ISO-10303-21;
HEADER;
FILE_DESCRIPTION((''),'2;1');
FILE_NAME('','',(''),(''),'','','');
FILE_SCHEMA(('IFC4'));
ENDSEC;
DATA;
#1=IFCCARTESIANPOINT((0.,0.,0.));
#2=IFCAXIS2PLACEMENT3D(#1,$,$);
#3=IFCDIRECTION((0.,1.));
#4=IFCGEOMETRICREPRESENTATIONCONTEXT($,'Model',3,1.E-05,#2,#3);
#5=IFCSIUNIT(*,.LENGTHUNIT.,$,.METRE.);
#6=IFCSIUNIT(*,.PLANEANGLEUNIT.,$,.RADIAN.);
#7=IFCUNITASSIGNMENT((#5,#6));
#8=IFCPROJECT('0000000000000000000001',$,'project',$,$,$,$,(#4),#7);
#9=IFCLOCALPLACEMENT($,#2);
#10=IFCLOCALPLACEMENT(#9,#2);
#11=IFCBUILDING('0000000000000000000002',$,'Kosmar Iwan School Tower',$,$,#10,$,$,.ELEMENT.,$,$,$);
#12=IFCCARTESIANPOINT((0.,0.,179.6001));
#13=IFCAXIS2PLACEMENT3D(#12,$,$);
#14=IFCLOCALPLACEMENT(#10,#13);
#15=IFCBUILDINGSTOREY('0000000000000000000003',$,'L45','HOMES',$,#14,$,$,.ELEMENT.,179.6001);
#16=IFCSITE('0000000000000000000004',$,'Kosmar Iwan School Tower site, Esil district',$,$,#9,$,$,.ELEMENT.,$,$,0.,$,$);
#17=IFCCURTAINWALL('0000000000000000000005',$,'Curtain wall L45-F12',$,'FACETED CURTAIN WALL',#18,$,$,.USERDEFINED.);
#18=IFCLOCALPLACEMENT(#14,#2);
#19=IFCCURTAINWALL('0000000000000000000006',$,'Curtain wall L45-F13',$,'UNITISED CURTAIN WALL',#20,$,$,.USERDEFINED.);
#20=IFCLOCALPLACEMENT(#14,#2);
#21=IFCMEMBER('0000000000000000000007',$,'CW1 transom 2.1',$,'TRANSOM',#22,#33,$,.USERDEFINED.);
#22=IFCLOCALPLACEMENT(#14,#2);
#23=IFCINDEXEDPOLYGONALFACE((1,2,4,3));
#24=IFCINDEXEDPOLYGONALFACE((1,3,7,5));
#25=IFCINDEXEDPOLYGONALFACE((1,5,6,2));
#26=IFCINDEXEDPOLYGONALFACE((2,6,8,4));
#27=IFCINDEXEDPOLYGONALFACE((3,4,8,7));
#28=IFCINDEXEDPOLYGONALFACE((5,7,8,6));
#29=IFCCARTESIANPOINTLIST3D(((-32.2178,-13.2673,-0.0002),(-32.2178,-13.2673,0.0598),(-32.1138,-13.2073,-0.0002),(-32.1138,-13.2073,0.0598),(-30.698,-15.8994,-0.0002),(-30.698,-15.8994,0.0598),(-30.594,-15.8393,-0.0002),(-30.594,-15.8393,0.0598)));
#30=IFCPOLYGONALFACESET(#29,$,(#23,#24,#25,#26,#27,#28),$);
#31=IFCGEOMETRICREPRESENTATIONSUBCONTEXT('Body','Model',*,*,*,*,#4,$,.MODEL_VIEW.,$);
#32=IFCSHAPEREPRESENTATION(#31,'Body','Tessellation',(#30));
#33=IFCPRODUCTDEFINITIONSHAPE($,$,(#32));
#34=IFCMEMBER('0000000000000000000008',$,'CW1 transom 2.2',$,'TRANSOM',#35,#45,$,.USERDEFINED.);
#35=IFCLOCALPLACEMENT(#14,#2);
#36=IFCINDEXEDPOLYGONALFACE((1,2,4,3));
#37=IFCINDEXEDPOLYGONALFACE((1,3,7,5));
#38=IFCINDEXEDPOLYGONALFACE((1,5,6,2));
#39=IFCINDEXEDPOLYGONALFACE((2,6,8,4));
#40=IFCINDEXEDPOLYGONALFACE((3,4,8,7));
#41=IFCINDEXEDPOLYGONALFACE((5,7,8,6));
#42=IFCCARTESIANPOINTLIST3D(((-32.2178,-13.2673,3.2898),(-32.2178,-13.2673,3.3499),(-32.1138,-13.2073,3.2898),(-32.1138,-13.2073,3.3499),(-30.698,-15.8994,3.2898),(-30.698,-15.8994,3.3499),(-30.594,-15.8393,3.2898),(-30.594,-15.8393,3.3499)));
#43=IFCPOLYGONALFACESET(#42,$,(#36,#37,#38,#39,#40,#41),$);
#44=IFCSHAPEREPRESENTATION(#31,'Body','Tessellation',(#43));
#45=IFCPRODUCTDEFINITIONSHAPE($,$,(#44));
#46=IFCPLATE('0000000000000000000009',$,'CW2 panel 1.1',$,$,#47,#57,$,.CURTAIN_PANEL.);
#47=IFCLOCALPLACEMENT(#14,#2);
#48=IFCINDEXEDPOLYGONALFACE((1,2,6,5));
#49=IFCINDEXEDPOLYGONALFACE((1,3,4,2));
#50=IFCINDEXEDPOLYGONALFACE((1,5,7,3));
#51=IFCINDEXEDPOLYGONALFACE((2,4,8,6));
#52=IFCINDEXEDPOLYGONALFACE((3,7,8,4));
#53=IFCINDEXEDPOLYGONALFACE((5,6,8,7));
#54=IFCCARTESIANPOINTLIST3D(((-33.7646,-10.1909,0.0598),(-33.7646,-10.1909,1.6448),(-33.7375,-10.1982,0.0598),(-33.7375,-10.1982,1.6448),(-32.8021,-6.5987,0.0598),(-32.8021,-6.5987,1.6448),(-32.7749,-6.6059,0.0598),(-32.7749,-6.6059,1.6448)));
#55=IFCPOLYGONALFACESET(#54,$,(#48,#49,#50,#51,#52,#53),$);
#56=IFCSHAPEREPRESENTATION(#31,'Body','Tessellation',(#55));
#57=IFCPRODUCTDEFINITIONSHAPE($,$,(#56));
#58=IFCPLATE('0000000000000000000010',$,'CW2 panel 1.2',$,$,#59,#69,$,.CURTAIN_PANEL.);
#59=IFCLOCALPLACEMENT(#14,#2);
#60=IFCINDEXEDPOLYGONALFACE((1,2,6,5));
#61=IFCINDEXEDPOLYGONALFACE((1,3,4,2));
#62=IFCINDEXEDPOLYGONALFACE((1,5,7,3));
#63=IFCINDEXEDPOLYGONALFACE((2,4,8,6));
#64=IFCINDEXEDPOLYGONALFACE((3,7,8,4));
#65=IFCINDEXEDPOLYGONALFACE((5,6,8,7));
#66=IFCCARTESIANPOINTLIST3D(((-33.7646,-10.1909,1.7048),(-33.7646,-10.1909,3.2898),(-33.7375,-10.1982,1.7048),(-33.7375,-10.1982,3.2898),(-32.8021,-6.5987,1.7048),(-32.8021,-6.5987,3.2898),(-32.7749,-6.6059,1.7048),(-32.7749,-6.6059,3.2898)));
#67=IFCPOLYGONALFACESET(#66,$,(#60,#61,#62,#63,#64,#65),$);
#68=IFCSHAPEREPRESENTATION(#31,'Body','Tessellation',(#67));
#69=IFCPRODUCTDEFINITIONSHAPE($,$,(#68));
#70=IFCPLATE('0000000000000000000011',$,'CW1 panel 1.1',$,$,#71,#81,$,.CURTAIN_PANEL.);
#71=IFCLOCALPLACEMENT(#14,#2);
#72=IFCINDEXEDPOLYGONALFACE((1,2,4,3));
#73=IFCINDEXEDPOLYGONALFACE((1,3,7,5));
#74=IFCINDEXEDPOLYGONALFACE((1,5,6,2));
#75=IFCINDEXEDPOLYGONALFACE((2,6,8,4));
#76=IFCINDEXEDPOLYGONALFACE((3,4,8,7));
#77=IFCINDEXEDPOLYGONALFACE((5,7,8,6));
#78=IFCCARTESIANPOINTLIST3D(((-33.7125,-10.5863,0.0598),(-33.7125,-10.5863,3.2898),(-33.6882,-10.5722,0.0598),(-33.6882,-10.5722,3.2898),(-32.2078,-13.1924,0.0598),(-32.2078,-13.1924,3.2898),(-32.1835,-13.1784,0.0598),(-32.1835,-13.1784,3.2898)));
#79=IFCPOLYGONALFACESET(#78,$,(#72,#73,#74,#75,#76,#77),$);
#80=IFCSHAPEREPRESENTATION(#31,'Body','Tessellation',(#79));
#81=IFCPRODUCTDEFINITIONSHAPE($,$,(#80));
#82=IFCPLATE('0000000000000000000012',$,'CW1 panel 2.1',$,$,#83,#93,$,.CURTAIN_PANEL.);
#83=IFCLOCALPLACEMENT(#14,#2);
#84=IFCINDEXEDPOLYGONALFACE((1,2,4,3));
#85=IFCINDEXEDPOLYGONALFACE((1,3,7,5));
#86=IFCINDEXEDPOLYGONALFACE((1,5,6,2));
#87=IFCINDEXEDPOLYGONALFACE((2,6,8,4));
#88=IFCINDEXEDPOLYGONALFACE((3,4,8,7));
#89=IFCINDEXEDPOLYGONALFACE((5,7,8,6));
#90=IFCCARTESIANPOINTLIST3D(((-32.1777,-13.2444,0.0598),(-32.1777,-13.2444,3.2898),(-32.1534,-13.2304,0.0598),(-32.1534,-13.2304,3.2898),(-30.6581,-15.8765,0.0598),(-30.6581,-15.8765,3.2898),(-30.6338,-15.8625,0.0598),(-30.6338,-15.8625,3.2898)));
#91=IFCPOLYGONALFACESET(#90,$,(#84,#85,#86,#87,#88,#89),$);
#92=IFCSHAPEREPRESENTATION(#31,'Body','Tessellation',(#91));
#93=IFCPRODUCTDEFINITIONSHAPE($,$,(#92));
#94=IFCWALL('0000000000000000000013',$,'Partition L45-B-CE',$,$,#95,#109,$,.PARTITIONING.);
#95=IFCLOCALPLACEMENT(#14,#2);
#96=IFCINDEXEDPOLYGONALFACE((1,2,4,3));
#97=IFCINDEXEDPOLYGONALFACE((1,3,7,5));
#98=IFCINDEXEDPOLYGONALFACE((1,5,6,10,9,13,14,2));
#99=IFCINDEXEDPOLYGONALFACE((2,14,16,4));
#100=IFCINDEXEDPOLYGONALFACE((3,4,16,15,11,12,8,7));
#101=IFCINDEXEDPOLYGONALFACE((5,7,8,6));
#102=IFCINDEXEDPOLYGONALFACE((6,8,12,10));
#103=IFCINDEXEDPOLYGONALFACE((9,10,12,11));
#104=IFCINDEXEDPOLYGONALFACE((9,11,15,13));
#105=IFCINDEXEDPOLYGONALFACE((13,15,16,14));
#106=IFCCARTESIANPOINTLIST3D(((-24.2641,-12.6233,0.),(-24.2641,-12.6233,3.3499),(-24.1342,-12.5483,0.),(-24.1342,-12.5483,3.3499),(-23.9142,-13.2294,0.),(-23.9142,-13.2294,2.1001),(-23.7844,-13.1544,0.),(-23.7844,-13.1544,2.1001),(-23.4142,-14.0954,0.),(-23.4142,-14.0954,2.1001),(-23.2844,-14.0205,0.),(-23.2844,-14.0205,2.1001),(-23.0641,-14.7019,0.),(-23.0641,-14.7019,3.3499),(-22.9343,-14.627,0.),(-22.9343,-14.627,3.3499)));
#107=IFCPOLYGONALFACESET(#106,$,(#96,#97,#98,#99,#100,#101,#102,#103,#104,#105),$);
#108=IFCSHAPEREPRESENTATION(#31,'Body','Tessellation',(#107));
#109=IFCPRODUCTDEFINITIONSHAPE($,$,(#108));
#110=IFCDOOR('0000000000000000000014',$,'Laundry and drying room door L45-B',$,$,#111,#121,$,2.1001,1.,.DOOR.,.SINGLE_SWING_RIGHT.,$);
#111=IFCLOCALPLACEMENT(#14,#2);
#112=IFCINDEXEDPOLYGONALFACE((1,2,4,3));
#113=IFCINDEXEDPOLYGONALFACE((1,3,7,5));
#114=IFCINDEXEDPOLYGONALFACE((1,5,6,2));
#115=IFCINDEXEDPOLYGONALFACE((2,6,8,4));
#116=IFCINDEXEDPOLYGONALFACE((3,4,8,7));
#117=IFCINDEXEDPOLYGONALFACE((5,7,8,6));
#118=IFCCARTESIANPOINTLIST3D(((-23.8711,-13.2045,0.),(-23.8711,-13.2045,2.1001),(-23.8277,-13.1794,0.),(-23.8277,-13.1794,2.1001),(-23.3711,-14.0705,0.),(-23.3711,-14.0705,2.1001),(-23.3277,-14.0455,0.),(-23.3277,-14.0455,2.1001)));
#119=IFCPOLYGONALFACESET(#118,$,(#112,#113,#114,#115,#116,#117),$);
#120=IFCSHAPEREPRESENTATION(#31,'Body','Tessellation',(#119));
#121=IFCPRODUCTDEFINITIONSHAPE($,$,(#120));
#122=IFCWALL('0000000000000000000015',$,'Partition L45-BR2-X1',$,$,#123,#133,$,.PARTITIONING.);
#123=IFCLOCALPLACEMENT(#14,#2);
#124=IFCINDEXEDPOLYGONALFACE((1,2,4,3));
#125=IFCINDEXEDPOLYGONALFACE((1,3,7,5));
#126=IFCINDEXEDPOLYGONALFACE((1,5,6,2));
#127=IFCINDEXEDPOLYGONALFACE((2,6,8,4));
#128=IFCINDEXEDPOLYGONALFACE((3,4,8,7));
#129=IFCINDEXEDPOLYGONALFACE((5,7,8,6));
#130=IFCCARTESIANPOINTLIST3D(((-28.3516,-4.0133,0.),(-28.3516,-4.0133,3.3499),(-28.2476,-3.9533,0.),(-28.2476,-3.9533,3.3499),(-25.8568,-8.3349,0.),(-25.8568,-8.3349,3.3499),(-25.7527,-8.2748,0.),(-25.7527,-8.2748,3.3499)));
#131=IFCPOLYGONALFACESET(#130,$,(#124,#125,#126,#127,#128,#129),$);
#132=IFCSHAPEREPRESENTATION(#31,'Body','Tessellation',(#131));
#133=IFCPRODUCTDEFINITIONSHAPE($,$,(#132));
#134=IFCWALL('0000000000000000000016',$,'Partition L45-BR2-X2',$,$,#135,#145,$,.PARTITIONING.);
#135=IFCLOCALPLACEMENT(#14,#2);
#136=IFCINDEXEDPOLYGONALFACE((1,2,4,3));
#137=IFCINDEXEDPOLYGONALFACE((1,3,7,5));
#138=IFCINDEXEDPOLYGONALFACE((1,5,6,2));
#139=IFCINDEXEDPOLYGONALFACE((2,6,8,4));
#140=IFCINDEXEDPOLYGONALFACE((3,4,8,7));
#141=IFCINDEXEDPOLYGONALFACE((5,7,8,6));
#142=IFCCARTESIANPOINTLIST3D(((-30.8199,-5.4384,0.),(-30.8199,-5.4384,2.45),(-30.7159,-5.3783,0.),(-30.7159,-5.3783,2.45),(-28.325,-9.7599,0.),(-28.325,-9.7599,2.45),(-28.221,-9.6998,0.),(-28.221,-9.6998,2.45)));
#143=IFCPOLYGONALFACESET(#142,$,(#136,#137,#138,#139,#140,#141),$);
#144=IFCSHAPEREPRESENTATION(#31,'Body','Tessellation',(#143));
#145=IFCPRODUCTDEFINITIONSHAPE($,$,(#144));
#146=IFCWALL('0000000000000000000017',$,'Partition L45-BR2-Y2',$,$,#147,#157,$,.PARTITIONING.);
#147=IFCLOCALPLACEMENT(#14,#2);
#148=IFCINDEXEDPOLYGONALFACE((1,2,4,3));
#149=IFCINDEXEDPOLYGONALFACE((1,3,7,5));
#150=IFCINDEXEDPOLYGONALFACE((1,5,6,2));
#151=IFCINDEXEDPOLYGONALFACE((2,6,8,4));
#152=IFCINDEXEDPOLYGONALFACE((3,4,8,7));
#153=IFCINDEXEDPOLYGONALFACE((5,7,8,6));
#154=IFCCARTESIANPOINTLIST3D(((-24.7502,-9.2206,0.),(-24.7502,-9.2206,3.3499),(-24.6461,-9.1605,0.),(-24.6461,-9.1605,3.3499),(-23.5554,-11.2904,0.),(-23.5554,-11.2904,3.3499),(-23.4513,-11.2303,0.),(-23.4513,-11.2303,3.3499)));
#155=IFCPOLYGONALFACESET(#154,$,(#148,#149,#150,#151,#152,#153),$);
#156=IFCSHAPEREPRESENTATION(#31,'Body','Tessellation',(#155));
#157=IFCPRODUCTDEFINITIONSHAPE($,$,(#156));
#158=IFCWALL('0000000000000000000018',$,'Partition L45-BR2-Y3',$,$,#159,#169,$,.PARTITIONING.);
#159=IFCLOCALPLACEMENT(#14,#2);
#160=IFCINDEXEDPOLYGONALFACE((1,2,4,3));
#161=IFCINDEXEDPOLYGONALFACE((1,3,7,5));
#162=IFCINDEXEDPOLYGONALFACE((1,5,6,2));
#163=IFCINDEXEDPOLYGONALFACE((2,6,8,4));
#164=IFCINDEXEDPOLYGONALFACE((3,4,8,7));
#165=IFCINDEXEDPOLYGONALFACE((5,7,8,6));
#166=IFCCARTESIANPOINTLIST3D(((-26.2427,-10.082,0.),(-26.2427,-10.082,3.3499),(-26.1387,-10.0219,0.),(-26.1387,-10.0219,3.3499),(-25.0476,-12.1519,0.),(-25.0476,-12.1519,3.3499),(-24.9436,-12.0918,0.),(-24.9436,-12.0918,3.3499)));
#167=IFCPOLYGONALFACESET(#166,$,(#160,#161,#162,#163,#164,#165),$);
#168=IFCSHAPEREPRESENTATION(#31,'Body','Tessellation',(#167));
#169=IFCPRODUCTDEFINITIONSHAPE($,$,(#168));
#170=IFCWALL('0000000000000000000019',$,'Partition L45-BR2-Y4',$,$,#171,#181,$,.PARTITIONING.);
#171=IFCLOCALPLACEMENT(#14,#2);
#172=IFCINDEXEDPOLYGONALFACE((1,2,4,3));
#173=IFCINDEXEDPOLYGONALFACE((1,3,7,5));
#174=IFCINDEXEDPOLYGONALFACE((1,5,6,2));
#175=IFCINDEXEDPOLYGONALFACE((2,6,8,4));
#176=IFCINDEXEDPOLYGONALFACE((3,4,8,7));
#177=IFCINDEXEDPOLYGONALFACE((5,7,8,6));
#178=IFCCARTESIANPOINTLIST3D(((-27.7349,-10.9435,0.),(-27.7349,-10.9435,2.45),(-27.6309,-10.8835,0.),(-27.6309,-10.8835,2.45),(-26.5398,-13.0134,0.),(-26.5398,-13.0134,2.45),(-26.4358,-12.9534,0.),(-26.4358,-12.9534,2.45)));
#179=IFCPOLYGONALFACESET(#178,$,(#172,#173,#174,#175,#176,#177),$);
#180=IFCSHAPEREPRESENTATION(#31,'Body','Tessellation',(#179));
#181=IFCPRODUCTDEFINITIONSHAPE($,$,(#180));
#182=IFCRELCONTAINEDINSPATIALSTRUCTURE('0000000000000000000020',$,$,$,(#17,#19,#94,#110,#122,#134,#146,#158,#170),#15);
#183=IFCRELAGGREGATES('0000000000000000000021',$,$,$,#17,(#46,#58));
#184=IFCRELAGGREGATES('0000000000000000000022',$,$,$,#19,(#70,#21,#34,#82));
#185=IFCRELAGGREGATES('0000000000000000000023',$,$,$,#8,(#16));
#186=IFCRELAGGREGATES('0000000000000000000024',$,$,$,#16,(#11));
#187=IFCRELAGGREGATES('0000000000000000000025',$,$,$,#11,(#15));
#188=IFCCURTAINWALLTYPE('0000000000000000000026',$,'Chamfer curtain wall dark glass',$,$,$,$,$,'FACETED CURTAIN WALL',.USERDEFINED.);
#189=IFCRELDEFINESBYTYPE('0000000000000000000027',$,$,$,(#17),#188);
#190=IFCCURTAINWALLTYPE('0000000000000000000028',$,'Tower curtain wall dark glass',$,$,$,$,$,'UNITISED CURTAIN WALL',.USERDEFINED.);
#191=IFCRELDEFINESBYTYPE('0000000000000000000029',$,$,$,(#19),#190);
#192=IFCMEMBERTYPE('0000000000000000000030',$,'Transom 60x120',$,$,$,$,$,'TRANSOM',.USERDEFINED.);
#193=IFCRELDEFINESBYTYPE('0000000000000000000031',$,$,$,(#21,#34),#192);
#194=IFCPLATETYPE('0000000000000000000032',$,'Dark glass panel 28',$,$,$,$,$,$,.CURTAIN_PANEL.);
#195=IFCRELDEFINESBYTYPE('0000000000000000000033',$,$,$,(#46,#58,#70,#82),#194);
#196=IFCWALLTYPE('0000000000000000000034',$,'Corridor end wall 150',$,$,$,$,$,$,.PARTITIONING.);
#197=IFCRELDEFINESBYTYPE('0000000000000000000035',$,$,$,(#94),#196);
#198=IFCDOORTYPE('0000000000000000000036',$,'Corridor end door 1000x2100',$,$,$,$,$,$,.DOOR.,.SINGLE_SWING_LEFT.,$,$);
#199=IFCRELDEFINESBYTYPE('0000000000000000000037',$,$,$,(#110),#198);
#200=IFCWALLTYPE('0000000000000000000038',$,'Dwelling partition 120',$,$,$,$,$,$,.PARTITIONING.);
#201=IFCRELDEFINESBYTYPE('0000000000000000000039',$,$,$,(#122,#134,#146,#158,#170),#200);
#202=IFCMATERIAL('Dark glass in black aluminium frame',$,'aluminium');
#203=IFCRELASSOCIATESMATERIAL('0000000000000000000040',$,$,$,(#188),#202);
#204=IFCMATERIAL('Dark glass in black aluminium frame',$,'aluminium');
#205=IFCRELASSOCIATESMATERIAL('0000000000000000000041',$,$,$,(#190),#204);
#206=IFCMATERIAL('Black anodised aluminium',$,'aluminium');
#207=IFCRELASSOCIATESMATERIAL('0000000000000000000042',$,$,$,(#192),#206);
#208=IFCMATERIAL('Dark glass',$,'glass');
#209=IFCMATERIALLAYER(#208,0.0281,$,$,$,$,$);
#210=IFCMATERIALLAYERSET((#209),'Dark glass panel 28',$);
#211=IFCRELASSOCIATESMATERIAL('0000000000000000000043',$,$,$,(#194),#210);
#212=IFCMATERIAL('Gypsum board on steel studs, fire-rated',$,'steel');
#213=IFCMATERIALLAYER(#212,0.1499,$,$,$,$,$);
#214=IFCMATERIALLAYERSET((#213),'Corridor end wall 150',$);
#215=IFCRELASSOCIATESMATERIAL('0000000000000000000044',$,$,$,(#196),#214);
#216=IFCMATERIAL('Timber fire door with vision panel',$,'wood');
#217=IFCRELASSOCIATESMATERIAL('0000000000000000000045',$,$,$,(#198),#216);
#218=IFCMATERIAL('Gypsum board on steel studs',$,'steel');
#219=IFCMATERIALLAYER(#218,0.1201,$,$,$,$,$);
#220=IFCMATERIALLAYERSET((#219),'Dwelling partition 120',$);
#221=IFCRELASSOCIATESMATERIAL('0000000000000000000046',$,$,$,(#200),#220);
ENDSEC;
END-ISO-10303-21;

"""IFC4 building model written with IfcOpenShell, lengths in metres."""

from ifc_helpers import new_model, si_unit, direction, frame, frame_2d, origin, origin_2d, place, context, subcontext, project, spatial, rectangle, extrude, material, layer, layer_set, material_profile, profile_set, type_object, element, fill, aggregate, save


model = new_model("IFC4")

# Units and contexts
model_context = context("Model", 3, precision=1e-05, world=origin(), true_north=direction((0.0, 1.0)))
body_context = subcontext(model_context, "Body", "Model", "MODEL_VIEW")
ifc_project = project(units=[si_unit("LENGTHUNIT", "METRE"), si_unit("PLANEANGLEUNIT", "RADIAN")], contexts=[model_context])

# Site, building, storey
site_placement = place(None, origin())
site = spatial("IfcSite", under=ifc_project, at=site_placement, Name="Kosmar Iwan School Tower site, Esil district", CompositionType="ELEMENT", RefElevation=0.0)
building_placement = place(site_placement, origin())
building = spatial("IfcBuilding", under=site, at=building_placement, Name="Kosmar Iwan School Tower", CompositionType="ELEMENT")
storey_placement = place(building_placement, frame((0.0, 0.0, 179.6001)))
storey = spatial("IfcBuildingStorey", under=building, at=storey_placement, Name="L45", Description="HOMES", CompositionType="ELEMENT", Elevation=179.6001)

# Curtain wall
ifc_material_1 = material(Name="Dark glass in black aluminium frame", Category="aluminium")
curtain_wall_type_1 = type_object("IfcCurtainWallType", Name="Chamfer curtain wall dark glass", ElementType="FACETED CURTAIN WALL", PredefinedType="USERDEFINED", material=ifc_material_1)
curtain_wall_1_placement = place(storey_placement, origin())
curtain_wall_1 = element("IfcCurtainWall", 1, at=curtain_wall_1_placement, inside=storey, type_object=curtain_wall_type_1, Name="Curtain wall L45-F12", ObjectType="FACETED CURTAIN WALL", PredefinedType="USERDEFINED")

# Curtain wall
ifc_material_2 = material(Name="Dark glass in black aluminium frame", Category="aluminium")
curtain_wall_type_2 = type_object("IfcCurtainWallType", Name="Tower curtain wall dark glass", ElementType="UNITISED CURTAIN WALL", PredefinedType="USERDEFINED", material=ifc_material_2)
curtain_wall_2_placement = place(storey_placement, origin())
curtain_wall_2 = element("IfcCurtainWall", 2, at=curtain_wall_2_placement, inside=storey, type_object=curtain_wall_type_2, Name="Curtain wall L45-F13", ObjectType="UNITISED CURTAIN WALL", PredefinedType="USERDEFINED")

# Members
ifc_material_3 = material(Name="Black anodised aluminium", Category="aluminium")
ifc_material_profile_1 = material_profile(ifc_material_3, rectangle(XDim=0.1201, YDim=0.0601, at=origin_2d()), Name="TRANSOM 60x120")
ifc_profile_set_1 = profile_set([ifc_material_profile_1], Name="Black anodised aluminium")
member_type_1 = type_object("IfcMemberType", Name="Transom 60x120", ElementType="TRANSOM", PredefinedType="USERDEFINED", material=ifc_profile_set_1)
member_1_placement = place(storey_placement, frame((-32.1658, -13.2373, 0.0298), z_axis=(0.500035, -0.866005, 0.0), x_axis=(0.866005, 0.500035, 0.0)))
member_1 = element("IfcMember", 3, at=member_1_placement, type_object=member_type_1, Name="CW1 transom 2.1", ObjectType="TRANSOM", PredefinedType="USERDEFINED", context=body_context, shape_type="SweptSolid", body=[
    extrude(rectangle(XDim=0.1201, YDim=0.0601, at=origin_2d()), origin(), (0.0, 0.0, 1.0), 3.0393),
])
member_2_placement = place(storey_placement, frame((-32.1658, -13.2373, 3.3198), z_axis=(0.500035, -0.866005, 0.0), x_axis=(0.866005, 0.500035, 0.0)))
member_2 = element("IfcMember", 4, at=member_2_placement, type_object=member_type_1, Name="CW1 transom 2.2", ObjectType="TRANSOM", PredefinedType="USERDEFINED", context=body_context, shape_type="SweptSolid", body=[
    extrude(rectangle(XDim=0.1201, YDim=0.0601, at=origin_2d()), origin(), (0.0, 0.0, 1.0), 3.0393),
])

# Plates
ifc_material_4 = material(Name="Dark glass", Category="glass")
ifc_layer_1 = layer(ifc_material_4, 0.0281)
ifc_layer_set_1 = layer_set([ifc_layer_1], Name="Dark glass panel 28")
plate_type = type_object("IfcPlateType", Name="Dark glass panel 28", PredefinedType="CURTAIN_PANEL", material=ifc_layer_set_1)
plate_1_placement = place(storey_placement, frame((-33.2698, -8.3984, 0.0598), z_axis=(0.0, 0.0, 1.0), x_axis=(-0.258819, -0.965926, 0.0)))
plate_1 = element("IfcPlate", 5, at=plate_1_placement, type_object=plate_type, Name="CW2 panel 1.1", PredefinedType="CURTAIN_PANEL", context=body_context, shape_type="SweptSolid", body=[
    extrude(rectangle(XDim=3.719, YDim=0.0281, at=origin_2d()), origin(), (0.0, 0.0, 1.0), 1.585),
])
plate_2_placement = place(storey_placement, frame((-33.2698, -8.3984, 1.7048), z_axis=(0.0, 0.0, 1.0), x_axis=(-0.258819, -0.965926, 0.0)))
plate_2 = element("IfcPlate", 6, at=plate_2_placement, type_object=plate_type, Name="CW2 panel 1.2", PredefinedType="CURTAIN_PANEL", context=body_context, shape_type="SweptSolid", body=[
    extrude(rectangle(XDim=3.719, YDim=0.0281, at=origin_2d()), origin(), (0.0, 0.0, 1.0), 1.585),
])
aggregate(curtain_wall_1, [plate_1, plate_2])
plate_3_placement = place(storey_placement, frame((-32.948, -11.8823, 0.0598), z_axis=(0.0, 0.0, 1.0), x_axis=(0.5, -0.866025, 0.0)))
plate_3 = element("IfcPlate", 7, at=plate_3_placement, type_object=plate_type, Name="CW1 panel 1.1", PredefinedType="CURTAIN_PANEL", context=body_context, shape_type="SweptSolid", body=[
    extrude(rectangle(XDim=3.0093, YDim=0.0281, at=origin_2d()), origin(), (0.0, 0.0, 1.0), 3.23),
])
plate_4_placement = place(storey_placement, frame((-31.4058, -14.5535, 0.0598), z_axis=(0.0, 0.0, 1.0), x_axis=(0.5, -0.866025, 0.0)))
plate_4 = element("IfcPlate", 8, at=plate_4_placement, type_object=plate_type, Name="CW1 panel 2.1", PredefinedType="CURTAIN_PANEL", context=body_context, shape_type="SweptSolid", body=[
    extrude(rectangle(XDim=3.0393, YDim=0.0281, at=origin_2d()), origin(), (0.0, 0.0, 1.0), 3.23),
])
aggregate(curtain_wall_2, [plate_3, member_1, member_2, plate_4])

# Wall, opening, door
ifc_material_5 = material(Name="Gypsum board on steel studs, fire-rated", Category="steel")
ifc_layer_2 = layer(ifc_material_5, 0.1499)
ifc_layer_set_2 = layer_set([ifc_layer_2], Name="Corridor end wall 150")
wall_type_1 = type_object("IfcWallType", Name="Corridor end wall 150", PredefinedType="PARTITIONING", material=ifc_layer_set_2)
wall_1_placement = place(storey_placement, frame((-24.1992, -12.5857, 0.0), z_axis=(0.0, 0.0, 1.0), x_axis=(0.499957, -0.86605, 0.0)))
wall_1 = element("IfcWall", 9, at=wall_1_placement, inside=storey, type_object=wall_type_1, Name="Partition L45-B-CE", PredefinedType="PARTITIONING", context=body_context, shape_type="SweptSolid", body=[
    extrude(rectangle(XDim=2.4001, YDim=0.1499, at=frame_2d((1.2002, 0.0))), origin(), (0.0, 0.0, 1.0), 3.3499),
])
opening_placement = place(wall_1_placement, frame((0.7, 0.0, 0.0)))
opening = element("IfcOpeningElement", 10, at=opening_placement, cuts=wall_1, PredefinedType="OPENING", context=body_context, shape_type="SweptSolid", body=[
    extrude(rectangle(XDim=1.0, YDim=2.1001, at=frame_2d((0.5, 1.05))), frame((0.0, 0.0869, 0.0), z_axis=(0.0, -1.0, 0.0), x_axis=(1.0, 0.0, 0.0)), (0.0, 0.0, 1.0), 0.1738),
])
ifc_material_6 = material(Name="Timber fire door with vision panel", Category="wood")
door_type = type_object("IfcDoorType", Name="Corridor end door 1000x2100", OperationType="SINGLE_SWING_LEFT", PredefinedType="DOOR", material=ifc_material_6)
door_placement = place(opening_placement, origin())
door = element("IfcDoor", 11, at=door_placement, inside=storey, type_object=door_type, Name="Laundry and drying room door L45-B", OperationType="SINGLE_SWING_RIGHT", OverallHeight=2.1001, OverallWidth=1.0, PredefinedType="DOOR", context=body_context, shape_type="SweptSolid", body=[
    extrude(rectangle(XDim=1.0, YDim=2.1001, at=frame_2d((0.5, 1.05))), frame((0.0, 0.0249, 0.0), z_axis=(0.0, -1.0, 0.0), x_axis=(1.0, 0.0, 0.0)), (0.0, 0.0, 1.0), 0.05),
])
fill(opening, door)

# Walls
ifc_material_7 = material(Name="Gypsum board on steel studs", Category="steel")
ifc_layer_3 = layer(ifc_material_7, 0.1201)
ifc_layer_set_3 = layer_set([ifc_layer_3], Name="Dwelling partition 120")
wall_type_2 = type_object("IfcWallType", Name="Dwelling partition 120", PredefinedType="PARTITIONING", material=ifc_layer_set_3)
wall_2_placement = place(storey_placement, frame((-25.8047, -8.3049, 0.0), z_axis=(0.0, 0.0, 1.0), x_axis=(-0.499975, 0.86604, 0.0)))
element("IfcWall", 12, at=wall_2_placement, inside=storey, type_object=wall_type_2, Name="Partition L45-BR2-X1", PredefinedType="PARTITIONING", context=body_context, shape_type="SweptSolid", body=[
    extrude(rectangle(XDim=4.99, YDim=0.1201, at=frame_2d((2.4951, 0.0))), origin(), (0.0, 0.0, 1.0), 3.3499),
])
wall_3_placement = place(storey_placement, frame((-28.2729, -9.73, 0.0), z_axis=(0.0, 0.0, 1.0), x_axis=(-0.499975, 0.86604, 0.0)))
element("IfcWall", 13, at=wall_3_placement, inside=storey, type_object=wall_type_2, Name="Partition L45-BR2-X2", PredefinedType="PARTITIONING", context=body_context, shape_type="SweptSolid", body=[
    extrude(rectangle(XDim=4.99, YDim=0.1201, at=frame_2d((2.4951, 0.0))), origin(), (0.0, 0.0, 1.0), 2.45),
])
wall_4_placement = place(storey_placement, frame((-23.5034, -11.2603, 0.0), z_axis=(0.0, 0.0, 1.0), x_axis=(-0.499941, 0.86606, 0.0)))
element("IfcWall", 14, at=wall_4_placement, inside=storey, type_object=wall_type_2, Name="Partition L45-BR2-Y2", PredefinedType="PARTITIONING", context=body_context, shape_type="SweptSolid", body=[
    extrude(rectangle(XDim=2.3899, YDim=0.1201, at=frame_2d((1.1948, 0.0))), origin(), (0.0, 0.0, 1.0), 3.3499),
])
wall_5_placement = place(storey_placement, frame((-24.9956, -12.1218, 0.0), z_axis=(0.0, 0.0, 1.0), x_axis=(-0.500017, 0.866015, 0.0)))
element("IfcWall", 15, at=wall_5_placement, inside=storey, type_object=wall_type_2, Name="Partition L45-BR2-Y3", PredefinedType="PARTITIONING", context=body_context, shape_type="SweptSolid", body=[
    extrude(rectangle(XDim=2.3901, YDim=0.1201, at=frame_2d((1.1951, 0.0))), origin(), (0.0, 0.0, 1.0), 3.3499),
])
wall_6_placement = place(storey_placement, frame((-26.4878, -12.9834, 0.0), z_axis=(0.0, 0.0, 1.0), x_axis=(-0.500017, 0.866015, 0.0)))
element("IfcWall", 16, at=wall_6_placement, inside=storey, type_object=wall_type_2, Name="Partition L45-BR2-Y4", PredefinedType="PARTITIONING", context=body_context, shape_type="SweptSolid", body=[
    extrude(rectangle(XDim=2.3901, YDim=0.1201, at=frame_2d((1.1951, 0.0))), origin(), (0.0, 0.0, 1.0), 2.45),
])

save(model, "model.ifc")
